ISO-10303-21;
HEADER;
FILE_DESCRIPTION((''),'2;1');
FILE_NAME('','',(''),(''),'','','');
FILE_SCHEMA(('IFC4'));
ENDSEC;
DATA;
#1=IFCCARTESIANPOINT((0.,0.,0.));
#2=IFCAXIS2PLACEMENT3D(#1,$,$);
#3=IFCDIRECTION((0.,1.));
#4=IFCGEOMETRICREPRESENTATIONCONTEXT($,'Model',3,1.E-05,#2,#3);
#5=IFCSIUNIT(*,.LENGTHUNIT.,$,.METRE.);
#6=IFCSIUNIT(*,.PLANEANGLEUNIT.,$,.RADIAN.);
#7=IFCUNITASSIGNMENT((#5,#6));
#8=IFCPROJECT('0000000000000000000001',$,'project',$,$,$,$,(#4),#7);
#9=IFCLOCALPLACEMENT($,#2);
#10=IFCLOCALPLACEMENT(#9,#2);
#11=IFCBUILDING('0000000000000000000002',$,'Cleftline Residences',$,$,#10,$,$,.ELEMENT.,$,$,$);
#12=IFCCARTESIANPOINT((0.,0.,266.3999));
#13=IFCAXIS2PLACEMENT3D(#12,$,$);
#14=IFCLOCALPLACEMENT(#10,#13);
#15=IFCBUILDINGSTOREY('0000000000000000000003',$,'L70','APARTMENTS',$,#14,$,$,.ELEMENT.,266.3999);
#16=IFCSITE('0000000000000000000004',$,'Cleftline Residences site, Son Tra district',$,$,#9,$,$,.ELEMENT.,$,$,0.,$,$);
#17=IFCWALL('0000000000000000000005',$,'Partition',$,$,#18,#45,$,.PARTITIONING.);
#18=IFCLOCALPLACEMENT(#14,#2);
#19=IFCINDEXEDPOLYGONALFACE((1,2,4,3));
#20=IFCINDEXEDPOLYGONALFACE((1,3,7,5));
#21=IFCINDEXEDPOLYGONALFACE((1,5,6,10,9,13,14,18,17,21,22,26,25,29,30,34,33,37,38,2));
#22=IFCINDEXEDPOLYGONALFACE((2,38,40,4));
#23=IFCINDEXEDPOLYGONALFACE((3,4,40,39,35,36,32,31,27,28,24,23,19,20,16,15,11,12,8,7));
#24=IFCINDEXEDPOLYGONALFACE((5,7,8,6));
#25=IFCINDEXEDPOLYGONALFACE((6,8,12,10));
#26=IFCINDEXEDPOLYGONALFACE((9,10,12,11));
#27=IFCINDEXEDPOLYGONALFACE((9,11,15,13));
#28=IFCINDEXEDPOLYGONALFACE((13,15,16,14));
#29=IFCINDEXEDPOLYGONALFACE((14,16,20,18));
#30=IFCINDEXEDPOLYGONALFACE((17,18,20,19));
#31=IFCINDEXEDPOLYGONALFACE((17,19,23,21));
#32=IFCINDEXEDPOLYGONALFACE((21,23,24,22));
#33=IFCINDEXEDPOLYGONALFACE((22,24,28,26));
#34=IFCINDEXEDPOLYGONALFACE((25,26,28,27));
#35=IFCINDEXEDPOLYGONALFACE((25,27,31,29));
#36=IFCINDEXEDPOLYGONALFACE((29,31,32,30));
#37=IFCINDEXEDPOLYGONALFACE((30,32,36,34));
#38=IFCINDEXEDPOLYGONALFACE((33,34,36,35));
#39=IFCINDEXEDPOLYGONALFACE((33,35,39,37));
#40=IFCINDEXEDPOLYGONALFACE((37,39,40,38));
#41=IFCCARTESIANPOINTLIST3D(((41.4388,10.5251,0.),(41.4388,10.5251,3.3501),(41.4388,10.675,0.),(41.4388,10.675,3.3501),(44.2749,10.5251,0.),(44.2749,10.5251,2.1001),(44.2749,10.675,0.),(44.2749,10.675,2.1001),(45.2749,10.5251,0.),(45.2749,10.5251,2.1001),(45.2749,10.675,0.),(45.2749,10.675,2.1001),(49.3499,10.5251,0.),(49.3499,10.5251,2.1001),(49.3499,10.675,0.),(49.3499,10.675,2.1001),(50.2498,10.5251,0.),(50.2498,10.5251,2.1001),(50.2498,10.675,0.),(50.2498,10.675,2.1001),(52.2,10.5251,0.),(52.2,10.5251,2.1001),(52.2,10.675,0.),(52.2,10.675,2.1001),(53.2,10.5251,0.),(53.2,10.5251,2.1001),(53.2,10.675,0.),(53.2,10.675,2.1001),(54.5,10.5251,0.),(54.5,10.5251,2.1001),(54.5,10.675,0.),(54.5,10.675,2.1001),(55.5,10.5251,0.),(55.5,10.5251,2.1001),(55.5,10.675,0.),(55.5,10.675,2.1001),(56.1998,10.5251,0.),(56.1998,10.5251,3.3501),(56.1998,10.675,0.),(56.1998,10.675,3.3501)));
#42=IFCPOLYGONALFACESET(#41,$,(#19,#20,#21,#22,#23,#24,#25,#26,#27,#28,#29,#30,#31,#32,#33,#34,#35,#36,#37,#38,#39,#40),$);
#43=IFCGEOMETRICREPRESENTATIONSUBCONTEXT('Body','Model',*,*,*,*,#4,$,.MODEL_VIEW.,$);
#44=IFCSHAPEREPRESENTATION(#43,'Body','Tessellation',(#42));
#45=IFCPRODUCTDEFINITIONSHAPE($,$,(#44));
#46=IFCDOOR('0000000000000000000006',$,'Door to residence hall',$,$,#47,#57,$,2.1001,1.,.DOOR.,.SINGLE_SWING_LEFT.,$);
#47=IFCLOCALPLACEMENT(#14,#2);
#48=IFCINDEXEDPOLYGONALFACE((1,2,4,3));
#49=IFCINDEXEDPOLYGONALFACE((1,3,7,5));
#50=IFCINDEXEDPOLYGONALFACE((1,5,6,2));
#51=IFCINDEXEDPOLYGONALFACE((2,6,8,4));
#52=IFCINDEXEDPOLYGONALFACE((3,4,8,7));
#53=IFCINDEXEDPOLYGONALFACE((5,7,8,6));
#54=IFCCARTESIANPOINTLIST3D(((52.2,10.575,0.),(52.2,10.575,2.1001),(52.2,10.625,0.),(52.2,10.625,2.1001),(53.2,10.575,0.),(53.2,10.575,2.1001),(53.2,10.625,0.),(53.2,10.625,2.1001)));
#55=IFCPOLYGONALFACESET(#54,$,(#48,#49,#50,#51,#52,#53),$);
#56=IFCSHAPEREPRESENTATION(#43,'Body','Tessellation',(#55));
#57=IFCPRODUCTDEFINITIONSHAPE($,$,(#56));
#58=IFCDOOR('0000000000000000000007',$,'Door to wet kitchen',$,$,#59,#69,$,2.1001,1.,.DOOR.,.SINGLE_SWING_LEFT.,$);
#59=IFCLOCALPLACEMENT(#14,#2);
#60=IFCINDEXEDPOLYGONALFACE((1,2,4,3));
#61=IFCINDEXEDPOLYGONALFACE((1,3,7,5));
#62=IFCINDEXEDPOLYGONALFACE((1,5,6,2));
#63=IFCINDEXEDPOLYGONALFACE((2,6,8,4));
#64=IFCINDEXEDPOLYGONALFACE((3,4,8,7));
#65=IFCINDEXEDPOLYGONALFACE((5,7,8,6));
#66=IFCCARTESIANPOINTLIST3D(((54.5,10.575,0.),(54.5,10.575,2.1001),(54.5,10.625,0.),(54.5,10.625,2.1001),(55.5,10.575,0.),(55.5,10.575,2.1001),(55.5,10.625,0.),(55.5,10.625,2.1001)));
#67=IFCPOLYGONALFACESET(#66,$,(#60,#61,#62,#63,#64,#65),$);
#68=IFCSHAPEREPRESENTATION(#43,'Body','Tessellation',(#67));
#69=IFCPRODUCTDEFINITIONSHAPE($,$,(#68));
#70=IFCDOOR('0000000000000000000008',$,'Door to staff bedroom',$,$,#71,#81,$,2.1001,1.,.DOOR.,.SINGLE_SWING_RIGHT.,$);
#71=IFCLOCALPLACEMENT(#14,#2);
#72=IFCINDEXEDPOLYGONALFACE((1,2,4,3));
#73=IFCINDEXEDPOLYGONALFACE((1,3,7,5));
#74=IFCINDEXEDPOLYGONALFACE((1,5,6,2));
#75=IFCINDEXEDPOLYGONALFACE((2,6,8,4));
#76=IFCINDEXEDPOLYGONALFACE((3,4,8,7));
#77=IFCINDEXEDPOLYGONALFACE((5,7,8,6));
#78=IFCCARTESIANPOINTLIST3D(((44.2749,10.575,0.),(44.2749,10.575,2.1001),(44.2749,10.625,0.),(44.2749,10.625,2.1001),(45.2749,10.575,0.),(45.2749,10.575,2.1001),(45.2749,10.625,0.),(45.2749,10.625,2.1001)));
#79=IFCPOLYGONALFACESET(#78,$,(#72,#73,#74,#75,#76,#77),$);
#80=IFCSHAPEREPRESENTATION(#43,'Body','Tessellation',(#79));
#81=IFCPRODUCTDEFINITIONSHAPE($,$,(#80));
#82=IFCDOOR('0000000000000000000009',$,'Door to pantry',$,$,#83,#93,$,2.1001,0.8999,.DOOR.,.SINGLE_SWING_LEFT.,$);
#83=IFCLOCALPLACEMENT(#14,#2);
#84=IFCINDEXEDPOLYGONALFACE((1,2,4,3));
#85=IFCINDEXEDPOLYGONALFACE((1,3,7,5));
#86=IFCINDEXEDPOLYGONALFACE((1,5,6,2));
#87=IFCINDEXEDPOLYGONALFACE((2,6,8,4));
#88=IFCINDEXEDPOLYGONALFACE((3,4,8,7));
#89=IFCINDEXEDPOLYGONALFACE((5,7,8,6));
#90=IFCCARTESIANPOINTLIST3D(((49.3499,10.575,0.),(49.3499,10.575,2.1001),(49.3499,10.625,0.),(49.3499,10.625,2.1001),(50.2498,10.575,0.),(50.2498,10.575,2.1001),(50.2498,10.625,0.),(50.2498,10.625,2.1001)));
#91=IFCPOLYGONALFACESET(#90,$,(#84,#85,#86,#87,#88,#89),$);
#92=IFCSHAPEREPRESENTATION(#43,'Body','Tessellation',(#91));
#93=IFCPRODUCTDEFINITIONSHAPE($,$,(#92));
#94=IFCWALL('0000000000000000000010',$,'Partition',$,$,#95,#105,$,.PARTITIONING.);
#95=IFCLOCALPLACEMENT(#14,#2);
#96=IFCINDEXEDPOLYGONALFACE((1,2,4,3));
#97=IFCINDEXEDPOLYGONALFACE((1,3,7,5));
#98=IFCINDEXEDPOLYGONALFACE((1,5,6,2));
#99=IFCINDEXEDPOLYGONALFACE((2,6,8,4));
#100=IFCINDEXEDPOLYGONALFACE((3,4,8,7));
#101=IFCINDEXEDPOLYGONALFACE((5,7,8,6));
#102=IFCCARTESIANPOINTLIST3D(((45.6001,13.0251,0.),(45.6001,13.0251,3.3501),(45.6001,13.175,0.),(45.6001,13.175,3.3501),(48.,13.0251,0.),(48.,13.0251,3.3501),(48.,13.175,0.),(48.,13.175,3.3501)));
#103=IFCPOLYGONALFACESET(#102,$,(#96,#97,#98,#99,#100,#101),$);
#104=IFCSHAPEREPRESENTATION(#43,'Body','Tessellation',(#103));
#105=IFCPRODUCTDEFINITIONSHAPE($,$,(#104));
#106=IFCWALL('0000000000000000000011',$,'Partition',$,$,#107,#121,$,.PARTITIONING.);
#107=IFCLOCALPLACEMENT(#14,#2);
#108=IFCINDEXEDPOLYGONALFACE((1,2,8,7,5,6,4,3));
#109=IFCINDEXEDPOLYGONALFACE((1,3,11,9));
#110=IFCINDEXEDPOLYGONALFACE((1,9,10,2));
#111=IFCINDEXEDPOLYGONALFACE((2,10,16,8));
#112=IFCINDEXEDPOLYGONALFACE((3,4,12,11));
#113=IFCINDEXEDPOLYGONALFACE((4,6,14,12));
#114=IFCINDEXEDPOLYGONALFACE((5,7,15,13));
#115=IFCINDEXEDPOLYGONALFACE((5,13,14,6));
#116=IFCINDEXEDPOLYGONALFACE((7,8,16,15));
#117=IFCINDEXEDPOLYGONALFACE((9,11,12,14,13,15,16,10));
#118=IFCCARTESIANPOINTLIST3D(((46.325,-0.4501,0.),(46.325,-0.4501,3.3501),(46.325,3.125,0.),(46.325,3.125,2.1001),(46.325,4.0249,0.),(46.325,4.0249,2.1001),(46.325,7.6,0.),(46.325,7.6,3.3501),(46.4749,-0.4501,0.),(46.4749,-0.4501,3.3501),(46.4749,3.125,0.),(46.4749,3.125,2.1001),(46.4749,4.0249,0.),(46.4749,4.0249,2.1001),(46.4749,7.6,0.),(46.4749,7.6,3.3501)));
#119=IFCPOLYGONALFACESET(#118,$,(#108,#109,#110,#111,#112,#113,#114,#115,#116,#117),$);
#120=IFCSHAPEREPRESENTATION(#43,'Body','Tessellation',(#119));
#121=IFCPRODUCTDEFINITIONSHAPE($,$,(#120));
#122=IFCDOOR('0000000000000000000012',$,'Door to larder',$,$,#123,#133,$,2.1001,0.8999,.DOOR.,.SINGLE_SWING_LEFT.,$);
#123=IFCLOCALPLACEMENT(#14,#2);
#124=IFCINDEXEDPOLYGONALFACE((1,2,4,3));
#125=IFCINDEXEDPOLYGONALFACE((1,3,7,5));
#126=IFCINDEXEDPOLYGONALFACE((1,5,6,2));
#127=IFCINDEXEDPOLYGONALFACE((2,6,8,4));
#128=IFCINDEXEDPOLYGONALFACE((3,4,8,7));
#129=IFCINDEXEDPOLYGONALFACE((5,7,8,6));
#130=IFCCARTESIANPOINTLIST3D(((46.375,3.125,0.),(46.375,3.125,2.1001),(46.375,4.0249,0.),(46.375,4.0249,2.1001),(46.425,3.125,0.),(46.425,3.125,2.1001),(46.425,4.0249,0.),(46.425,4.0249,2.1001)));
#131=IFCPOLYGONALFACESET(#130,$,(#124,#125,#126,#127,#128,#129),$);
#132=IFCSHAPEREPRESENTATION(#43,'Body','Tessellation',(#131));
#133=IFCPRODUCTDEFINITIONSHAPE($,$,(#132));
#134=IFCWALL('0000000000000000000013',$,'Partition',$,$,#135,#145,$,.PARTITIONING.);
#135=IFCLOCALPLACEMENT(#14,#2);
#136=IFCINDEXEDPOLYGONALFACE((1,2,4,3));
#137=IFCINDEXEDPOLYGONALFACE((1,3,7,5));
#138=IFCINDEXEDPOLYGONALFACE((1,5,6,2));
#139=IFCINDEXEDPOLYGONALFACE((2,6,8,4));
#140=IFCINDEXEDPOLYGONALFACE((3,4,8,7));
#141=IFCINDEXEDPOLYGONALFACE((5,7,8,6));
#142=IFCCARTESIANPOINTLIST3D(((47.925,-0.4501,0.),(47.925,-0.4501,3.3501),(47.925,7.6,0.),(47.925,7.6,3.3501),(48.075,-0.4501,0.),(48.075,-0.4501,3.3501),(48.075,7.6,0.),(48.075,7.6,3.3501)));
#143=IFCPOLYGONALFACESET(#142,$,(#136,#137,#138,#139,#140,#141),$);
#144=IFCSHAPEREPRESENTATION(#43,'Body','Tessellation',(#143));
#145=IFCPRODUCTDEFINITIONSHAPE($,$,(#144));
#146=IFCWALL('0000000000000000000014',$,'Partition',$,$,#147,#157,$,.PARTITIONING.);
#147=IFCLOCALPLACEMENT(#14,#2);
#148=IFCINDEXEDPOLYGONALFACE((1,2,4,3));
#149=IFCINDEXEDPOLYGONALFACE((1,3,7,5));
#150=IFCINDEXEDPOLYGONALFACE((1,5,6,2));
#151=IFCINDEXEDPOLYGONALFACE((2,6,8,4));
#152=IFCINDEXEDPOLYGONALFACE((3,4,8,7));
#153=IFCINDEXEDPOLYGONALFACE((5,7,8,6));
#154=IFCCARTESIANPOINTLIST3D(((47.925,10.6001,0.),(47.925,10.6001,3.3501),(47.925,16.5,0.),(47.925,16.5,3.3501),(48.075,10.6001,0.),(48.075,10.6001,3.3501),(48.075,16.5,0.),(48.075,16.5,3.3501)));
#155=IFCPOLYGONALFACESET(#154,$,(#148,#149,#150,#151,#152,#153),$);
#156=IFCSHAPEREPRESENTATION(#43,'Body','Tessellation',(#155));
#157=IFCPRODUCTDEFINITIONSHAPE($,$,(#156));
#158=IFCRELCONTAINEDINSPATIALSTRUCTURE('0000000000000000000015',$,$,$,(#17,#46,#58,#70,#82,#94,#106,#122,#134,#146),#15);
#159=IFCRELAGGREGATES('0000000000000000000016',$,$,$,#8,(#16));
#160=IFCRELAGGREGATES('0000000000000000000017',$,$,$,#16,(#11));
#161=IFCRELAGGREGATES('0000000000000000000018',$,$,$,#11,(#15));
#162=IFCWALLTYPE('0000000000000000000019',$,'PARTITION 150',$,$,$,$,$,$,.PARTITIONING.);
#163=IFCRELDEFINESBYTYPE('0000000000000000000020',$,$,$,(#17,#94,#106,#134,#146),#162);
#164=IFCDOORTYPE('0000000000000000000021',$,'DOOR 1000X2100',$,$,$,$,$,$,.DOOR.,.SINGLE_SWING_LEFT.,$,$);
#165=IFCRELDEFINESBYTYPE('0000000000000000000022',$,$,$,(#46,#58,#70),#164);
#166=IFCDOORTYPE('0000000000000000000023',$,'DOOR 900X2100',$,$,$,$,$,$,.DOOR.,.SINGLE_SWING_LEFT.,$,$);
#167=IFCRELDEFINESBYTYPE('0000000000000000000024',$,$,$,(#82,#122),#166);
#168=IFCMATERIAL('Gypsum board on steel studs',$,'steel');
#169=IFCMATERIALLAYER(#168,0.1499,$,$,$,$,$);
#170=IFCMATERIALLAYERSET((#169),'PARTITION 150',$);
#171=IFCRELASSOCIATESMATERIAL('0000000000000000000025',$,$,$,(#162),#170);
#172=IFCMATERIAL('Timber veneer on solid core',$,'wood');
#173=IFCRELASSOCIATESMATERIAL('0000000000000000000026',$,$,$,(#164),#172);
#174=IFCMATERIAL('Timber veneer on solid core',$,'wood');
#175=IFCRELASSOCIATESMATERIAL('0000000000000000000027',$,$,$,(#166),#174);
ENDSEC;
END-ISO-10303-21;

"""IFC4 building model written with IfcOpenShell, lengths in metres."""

from ifc_helpers import new_model, si_unit, direction, frame, frame_2d, origin, place, context, subcontext, project, spatial, rectangle, extrude, material, layer, layer_set, type_object, element, fill, save


model = new_model("IFC4")

# Units and contexts
model_context = context("Model", 3, precision=1e-05, world=origin(), true_north=direction((0.0, 1.0)))
body_context = subcontext(model_context, "Body", "Model", "MODEL_VIEW")
ifc_project = project(units=[si_unit("LENGTHUNIT", "METRE"), si_unit("PLANEANGLEUNIT", "RADIAN")], contexts=[model_context])

# Site, building, storey
site_placement = place(None, origin())
site = spatial("IfcSite", under=ifc_project, at=site_placement, Name="Cleftline Residences site, Son Tra district", CompositionType="ELEMENT", RefElevation=0.0)
building_placement = place(site_placement, origin())
building = spatial("IfcBuilding", under=site, at=building_placement, Name="Cleftline Residences", CompositionType="ELEMENT")
storey_placement = place(building_placement, frame((0.0, 0.0, 266.3999)))
storey = spatial("IfcBuildingStorey", under=building, at=storey_placement, Name="L70", Description="APARTMENTS", CompositionType="ELEMENT", Elevation=266.3999)

# Shared definitions
ifc_material_1 = material(Name="Gypsum board on steel studs", Category="steel")
ifc_layer_1 = layer(ifc_material_1, 0.1499)
ifc_layer_set_1 = layer_set([ifc_layer_1], Name="PARTITION 150")
wall_type_1 = type_object("IfcWallType", Name="PARTITION 150", PredefinedType="PARTITIONING", material=ifc_layer_set_1)
ifc_material_2 = material(Name="Timber veneer on solid core", Category="wood")
door_type_1 = type_object("IfcDoorType", Name="DOOR 1000X2100", OperationType="SINGLE_SWING_LEFT", PredefinedType="DOOR", material=ifc_material_2)

# Wall, openings, doors
wall_1_placement = place(storey_placement, frame((41.439, 10.6001, 0.0), z_axis=(0.0, 0.0, 1.0), x_axis=(1.0, 0.0, 0.0)))
wall_1 = element("IfcWall", 1, at=wall_1_placement, inside=storey, type_object=wall_type_1, Name="Partition", PredefinedType="PARTITIONING", context=body_context, shape_type="SweptSolid", body=[
    extrude(rectangle(XDim=14.761, YDim=0.1499, at=frame_2d((7.3804, 0.0))), origin(), (0.0, 0.0, 1.0), 3.3501),
])
opening_1_placement = place(wall_1_placement, frame((10.761, 0.0, 0.0)))
opening_1 = element("IfcOpeningElement", 2, at=opening_1_placement, cuts=wall_1, PredefinedType="OPENING", context=body_context, shape_type="SweptSolid", body=[
    extrude(rectangle(XDim=1.0, YDim=2.1001, at=frame_2d((0.5, 1.05))), frame((0.0, 0.085, 0.0), z_axis=(0.0, -1.0, 0.0), x_axis=(1.0, 0.0, 0.0)), (0.0, 0.0, 1.0), 0.1699),
])
opening_2_placement = place(wall_1_placement, frame((13.061, 0.0, 0.0)))
opening_2 = element("IfcOpeningElement", 3, at=opening_2_placement, cuts=wall_1, PredefinedType="OPENING", context=body_context, shape_type="SweptSolid", body=[
    extrude(rectangle(XDim=1.0, YDim=2.1001, at=frame_2d((0.5, 1.05))), frame((0.0, 0.085, 0.0), z_axis=(0.0, -1.0, 0.0), x_axis=(1.0, 0.0, 0.0)), (0.0, 0.0, 1.0), 0.1699),
])
opening_3_placement = place(wall_1_placement, frame((7.9109, 0.0, 0.0)))
opening_3 = element("IfcOpeningElement", 4, at=opening_3_placement, cuts=wall_1, PredefinedType="OPENING", context=body_context, shape_type="SweptSolid", body=[
    extrude(rectangle(XDim=0.8999, YDim=2.1001, at=frame_2d((0.45, 1.05))), frame((0.0, 0.085, 0.0), z_axis=(0.0, -1.0, 0.0), x_axis=(1.0, 0.0, 0.0)), (0.0, 0.0, 1.0), 0.1699),
])
opening_4_placement = place(wall_1_placement, frame((2.8359, 0.0, 0.0)))
opening_4 = element("IfcOpeningElement", 5, at=opening_4_placement, cuts=wall_1, PredefinedType="OPENING", context=body_context, shape_type="SweptSolid", body=[
    extrude(rectangle(XDim=1.0, YDim=2.1001, at=frame_2d((0.5, 1.05))), frame((0.0, 0.085, 0.0), z_axis=(0.0, -1.0, 0.0), x_axis=(1.0, 0.0, 0.0)), (0.0, 0.0, 1.0), 0.1699),
])
door_1_placement = place(opening_1_placement, origin())
door_1 = element("IfcDoor", 6, at=door_1_placement, inside=storey, type_object=door_type_1, Name="Door to residence hall", OperationType="SINGLE_SWING_LEFT", OverallHeight=2.1001, OverallWidth=1.0, PredefinedType="DOOR", context=body_context, shape_type="SweptSolid", body=[
    extrude(rectangle(XDim=1.0, YDim=2.1001, at=frame_2d((0.5, 1.05))), frame((0.0, 0.0249, 0.0), z_axis=(0.0, -1.0, 0.0), x_axis=(1.0, 0.0, 0.0)), (0.0, 0.0, 1.0), 0.05),
])
fill(opening_1, door_1)
door_2_placement = place(opening_2_placement, origin())
door_2 = element("IfcDoor", 7, at=door_2_placement, inside=storey, type_object=door_type_1, Name="Door to wet kitchen", OperationType="SINGLE_SWING_LEFT", OverallHeight=2.1001, OverallWidth=1.0, PredefinedType="DOOR", context=body_context, shape_type="SweptSolid", body=[
    extrude(rectangle(XDim=1.0, YDim=2.1001, at=frame_2d((0.5, 1.05))), frame((0.0, 0.0249, 0.0), z_axis=(0.0, -1.0, 0.0), x_axis=(1.0, 0.0, 0.0)), (0.0, 0.0, 1.0), 0.05),
])
fill(opening_2, door_2)
door_3_placement = place(opening_4_placement, origin())
door_3 = element("IfcDoor", 8, at=door_3_placement, inside=storey, type_object=door_type_1, Name="Door to staff bedroom", OperationType="SINGLE_SWING_RIGHT", OverallHeight=2.1001, OverallWidth=1.0, PredefinedType="DOOR", context=body_context, shape_type="SweptSolid", body=[
    extrude(rectangle(XDim=1.0, YDim=2.1001, at=frame_2d((0.5, 1.05))), frame((0.0, 0.0249, 0.0), z_axis=(0.0, -1.0, 0.0), x_axis=(1.0, 0.0, 0.0)), (0.0, 0.0, 1.0), 0.05),
])
fill(opening_4, door_3)
ifc_material_3 = material(Name="Timber veneer on solid core", Category="wood")
door_type_2 = type_object("IfcDoorType", Name="DOOR 900X2100", OperationType="SINGLE_SWING_LEFT", PredefinedType="DOOR", material=ifc_material_3)
door_4_placement = place(opening_3_placement, origin())
door_4 = element("IfcDoor", 9, at=door_4_placement, inside=storey, type_object=door_type_2, Name="Door to pantry", OperationType="SINGLE_SWING_LEFT", OverallHeight=2.1001, OverallWidth=0.8999, PredefinedType="DOOR", context=body_context, shape_type="SweptSolid", body=[
    extrude(rectangle(XDim=0.8999, YDim=2.1001, at=frame_2d((0.45, 1.05))), frame((0.0, 0.0249, 0.0), z_axis=(0.0, -1.0, 0.0), x_axis=(1.0, 0.0, 0.0)), (0.0, 0.0, 1.0), 0.05),
])
fill(opening_3, door_4)

# Wall
wall_2_placement = place(storey_placement, frame((45.6001, 13.1001, 0.0), z_axis=(0.0, 0.0, 1.0), x_axis=(1.0, 0.0, 0.0)))
element("IfcWall", 10, at=wall_2_placement, inside=storey, type_object=wall_type_1, Name="Partition", PredefinedType="PARTITIONING", context=body_context, shape_type="SweptSolid", body=[
    extrude(rectangle(XDim=2.3999, YDim=0.1499, at=frame_2d((1.2, 0.0))), origin(), (0.0, 0.0, 1.0), 3.3501),
])

# Wall, opening, door
wall_3_placement = place(storey_placement, frame((46.3999, -0.45, 0.0), z_axis=(0.0, 0.0, 1.0), x_axis=(0.0, 1.0, 0.0)))
wall_3 = element("IfcWall", 11, at=wall_3_placement, inside=storey, type_object=wall_type_1, Name="Partition", PredefinedType="PARTITIONING", context=body_context, shape_type="SweptSolid", body=[
    extrude(rectangle(XDim=8.05, YDim=0.1499, at=frame_2d((4.0249, 0.0))), origin(), (0.0, 0.0, 1.0), 3.3501),
])
opening_5_placement = place(wall_3_placement, frame((3.575, 0.0, 0.0)))
opening_5 = element("IfcOpeningElement", 12, at=opening_5_placement, cuts=wall_3, PredefinedType="OPENING", context=body_context, shape_type="SweptSolid", body=[
    extrude(rectangle(XDim=0.8999, YDim=2.1001, at=frame_2d((0.45, 1.05))), frame((0.0, 0.085, 0.0), z_axis=(0.0, -1.0, 0.0), x_axis=(1.0, 0.0, 0.0)), (0.0, 0.0, 1.0), 0.1699),
])
door_5_placement = place(opening_5_placement, origin())
door_5 = element("IfcDoor", 13, at=door_5_placement, inside=storey, type_object=door_type_2, Name="Door to larder", OperationType="SINGLE_SWING_LEFT", OverallHeight=2.1001, OverallWidth=0.8999, PredefinedType="DOOR", context=body_context, shape_type="SweptSolid", body=[
    extrude(rectangle(XDim=0.8999, YDim=2.1001, at=frame_2d((0.45, 1.05))), frame((0.0, 0.0249, 0.0), z_axis=(0.0, -1.0, 0.0), x_axis=(1.0, 0.0, 0.0)), (0.0, 0.0, 1.0), 0.05),
])
fill(opening_5, door_5)

# Walls
wall_4_placement = place(storey_placement, frame((48.0, -0.45, 0.0), z_axis=(0.0, 0.0, 1.0), x_axis=(0.0, 1.0, 0.0)))
element("IfcWall", 14, at=wall_4_placement, inside=storey, type_object=wall_type_1, Name="Partition", PredefinedType="PARTITIONING", context=body_context, shape_type="SweptSolid", body=[
    extrude(rectangle(XDim=8.05, YDim=0.1499, at=frame_2d((4.0249, 0.0))), origin(), (0.0, 0.0, 1.0), 3.3501),
])
wall_5_placement = place(storey_placement, frame((48.0, 10.6001, 0.0), z_axis=(0.0, 0.0, 1.0), x_axis=(0.0, 1.0, 0.0)))
element("IfcWall", 15, at=wall_5_placement, inside=storey, type_object=wall_type_1, Name="Partition", PredefinedType="PARTITIONING", context=body_context, shape_type="SweptSolid", body=[
    extrude(rectangle(XDim=5.8999, YDim=0.1499, at=frame_2d((2.95, 0.0))), origin(), (0.0, 0.0, 1.0), 3.3501),
])

save(model, "model.ifc")
